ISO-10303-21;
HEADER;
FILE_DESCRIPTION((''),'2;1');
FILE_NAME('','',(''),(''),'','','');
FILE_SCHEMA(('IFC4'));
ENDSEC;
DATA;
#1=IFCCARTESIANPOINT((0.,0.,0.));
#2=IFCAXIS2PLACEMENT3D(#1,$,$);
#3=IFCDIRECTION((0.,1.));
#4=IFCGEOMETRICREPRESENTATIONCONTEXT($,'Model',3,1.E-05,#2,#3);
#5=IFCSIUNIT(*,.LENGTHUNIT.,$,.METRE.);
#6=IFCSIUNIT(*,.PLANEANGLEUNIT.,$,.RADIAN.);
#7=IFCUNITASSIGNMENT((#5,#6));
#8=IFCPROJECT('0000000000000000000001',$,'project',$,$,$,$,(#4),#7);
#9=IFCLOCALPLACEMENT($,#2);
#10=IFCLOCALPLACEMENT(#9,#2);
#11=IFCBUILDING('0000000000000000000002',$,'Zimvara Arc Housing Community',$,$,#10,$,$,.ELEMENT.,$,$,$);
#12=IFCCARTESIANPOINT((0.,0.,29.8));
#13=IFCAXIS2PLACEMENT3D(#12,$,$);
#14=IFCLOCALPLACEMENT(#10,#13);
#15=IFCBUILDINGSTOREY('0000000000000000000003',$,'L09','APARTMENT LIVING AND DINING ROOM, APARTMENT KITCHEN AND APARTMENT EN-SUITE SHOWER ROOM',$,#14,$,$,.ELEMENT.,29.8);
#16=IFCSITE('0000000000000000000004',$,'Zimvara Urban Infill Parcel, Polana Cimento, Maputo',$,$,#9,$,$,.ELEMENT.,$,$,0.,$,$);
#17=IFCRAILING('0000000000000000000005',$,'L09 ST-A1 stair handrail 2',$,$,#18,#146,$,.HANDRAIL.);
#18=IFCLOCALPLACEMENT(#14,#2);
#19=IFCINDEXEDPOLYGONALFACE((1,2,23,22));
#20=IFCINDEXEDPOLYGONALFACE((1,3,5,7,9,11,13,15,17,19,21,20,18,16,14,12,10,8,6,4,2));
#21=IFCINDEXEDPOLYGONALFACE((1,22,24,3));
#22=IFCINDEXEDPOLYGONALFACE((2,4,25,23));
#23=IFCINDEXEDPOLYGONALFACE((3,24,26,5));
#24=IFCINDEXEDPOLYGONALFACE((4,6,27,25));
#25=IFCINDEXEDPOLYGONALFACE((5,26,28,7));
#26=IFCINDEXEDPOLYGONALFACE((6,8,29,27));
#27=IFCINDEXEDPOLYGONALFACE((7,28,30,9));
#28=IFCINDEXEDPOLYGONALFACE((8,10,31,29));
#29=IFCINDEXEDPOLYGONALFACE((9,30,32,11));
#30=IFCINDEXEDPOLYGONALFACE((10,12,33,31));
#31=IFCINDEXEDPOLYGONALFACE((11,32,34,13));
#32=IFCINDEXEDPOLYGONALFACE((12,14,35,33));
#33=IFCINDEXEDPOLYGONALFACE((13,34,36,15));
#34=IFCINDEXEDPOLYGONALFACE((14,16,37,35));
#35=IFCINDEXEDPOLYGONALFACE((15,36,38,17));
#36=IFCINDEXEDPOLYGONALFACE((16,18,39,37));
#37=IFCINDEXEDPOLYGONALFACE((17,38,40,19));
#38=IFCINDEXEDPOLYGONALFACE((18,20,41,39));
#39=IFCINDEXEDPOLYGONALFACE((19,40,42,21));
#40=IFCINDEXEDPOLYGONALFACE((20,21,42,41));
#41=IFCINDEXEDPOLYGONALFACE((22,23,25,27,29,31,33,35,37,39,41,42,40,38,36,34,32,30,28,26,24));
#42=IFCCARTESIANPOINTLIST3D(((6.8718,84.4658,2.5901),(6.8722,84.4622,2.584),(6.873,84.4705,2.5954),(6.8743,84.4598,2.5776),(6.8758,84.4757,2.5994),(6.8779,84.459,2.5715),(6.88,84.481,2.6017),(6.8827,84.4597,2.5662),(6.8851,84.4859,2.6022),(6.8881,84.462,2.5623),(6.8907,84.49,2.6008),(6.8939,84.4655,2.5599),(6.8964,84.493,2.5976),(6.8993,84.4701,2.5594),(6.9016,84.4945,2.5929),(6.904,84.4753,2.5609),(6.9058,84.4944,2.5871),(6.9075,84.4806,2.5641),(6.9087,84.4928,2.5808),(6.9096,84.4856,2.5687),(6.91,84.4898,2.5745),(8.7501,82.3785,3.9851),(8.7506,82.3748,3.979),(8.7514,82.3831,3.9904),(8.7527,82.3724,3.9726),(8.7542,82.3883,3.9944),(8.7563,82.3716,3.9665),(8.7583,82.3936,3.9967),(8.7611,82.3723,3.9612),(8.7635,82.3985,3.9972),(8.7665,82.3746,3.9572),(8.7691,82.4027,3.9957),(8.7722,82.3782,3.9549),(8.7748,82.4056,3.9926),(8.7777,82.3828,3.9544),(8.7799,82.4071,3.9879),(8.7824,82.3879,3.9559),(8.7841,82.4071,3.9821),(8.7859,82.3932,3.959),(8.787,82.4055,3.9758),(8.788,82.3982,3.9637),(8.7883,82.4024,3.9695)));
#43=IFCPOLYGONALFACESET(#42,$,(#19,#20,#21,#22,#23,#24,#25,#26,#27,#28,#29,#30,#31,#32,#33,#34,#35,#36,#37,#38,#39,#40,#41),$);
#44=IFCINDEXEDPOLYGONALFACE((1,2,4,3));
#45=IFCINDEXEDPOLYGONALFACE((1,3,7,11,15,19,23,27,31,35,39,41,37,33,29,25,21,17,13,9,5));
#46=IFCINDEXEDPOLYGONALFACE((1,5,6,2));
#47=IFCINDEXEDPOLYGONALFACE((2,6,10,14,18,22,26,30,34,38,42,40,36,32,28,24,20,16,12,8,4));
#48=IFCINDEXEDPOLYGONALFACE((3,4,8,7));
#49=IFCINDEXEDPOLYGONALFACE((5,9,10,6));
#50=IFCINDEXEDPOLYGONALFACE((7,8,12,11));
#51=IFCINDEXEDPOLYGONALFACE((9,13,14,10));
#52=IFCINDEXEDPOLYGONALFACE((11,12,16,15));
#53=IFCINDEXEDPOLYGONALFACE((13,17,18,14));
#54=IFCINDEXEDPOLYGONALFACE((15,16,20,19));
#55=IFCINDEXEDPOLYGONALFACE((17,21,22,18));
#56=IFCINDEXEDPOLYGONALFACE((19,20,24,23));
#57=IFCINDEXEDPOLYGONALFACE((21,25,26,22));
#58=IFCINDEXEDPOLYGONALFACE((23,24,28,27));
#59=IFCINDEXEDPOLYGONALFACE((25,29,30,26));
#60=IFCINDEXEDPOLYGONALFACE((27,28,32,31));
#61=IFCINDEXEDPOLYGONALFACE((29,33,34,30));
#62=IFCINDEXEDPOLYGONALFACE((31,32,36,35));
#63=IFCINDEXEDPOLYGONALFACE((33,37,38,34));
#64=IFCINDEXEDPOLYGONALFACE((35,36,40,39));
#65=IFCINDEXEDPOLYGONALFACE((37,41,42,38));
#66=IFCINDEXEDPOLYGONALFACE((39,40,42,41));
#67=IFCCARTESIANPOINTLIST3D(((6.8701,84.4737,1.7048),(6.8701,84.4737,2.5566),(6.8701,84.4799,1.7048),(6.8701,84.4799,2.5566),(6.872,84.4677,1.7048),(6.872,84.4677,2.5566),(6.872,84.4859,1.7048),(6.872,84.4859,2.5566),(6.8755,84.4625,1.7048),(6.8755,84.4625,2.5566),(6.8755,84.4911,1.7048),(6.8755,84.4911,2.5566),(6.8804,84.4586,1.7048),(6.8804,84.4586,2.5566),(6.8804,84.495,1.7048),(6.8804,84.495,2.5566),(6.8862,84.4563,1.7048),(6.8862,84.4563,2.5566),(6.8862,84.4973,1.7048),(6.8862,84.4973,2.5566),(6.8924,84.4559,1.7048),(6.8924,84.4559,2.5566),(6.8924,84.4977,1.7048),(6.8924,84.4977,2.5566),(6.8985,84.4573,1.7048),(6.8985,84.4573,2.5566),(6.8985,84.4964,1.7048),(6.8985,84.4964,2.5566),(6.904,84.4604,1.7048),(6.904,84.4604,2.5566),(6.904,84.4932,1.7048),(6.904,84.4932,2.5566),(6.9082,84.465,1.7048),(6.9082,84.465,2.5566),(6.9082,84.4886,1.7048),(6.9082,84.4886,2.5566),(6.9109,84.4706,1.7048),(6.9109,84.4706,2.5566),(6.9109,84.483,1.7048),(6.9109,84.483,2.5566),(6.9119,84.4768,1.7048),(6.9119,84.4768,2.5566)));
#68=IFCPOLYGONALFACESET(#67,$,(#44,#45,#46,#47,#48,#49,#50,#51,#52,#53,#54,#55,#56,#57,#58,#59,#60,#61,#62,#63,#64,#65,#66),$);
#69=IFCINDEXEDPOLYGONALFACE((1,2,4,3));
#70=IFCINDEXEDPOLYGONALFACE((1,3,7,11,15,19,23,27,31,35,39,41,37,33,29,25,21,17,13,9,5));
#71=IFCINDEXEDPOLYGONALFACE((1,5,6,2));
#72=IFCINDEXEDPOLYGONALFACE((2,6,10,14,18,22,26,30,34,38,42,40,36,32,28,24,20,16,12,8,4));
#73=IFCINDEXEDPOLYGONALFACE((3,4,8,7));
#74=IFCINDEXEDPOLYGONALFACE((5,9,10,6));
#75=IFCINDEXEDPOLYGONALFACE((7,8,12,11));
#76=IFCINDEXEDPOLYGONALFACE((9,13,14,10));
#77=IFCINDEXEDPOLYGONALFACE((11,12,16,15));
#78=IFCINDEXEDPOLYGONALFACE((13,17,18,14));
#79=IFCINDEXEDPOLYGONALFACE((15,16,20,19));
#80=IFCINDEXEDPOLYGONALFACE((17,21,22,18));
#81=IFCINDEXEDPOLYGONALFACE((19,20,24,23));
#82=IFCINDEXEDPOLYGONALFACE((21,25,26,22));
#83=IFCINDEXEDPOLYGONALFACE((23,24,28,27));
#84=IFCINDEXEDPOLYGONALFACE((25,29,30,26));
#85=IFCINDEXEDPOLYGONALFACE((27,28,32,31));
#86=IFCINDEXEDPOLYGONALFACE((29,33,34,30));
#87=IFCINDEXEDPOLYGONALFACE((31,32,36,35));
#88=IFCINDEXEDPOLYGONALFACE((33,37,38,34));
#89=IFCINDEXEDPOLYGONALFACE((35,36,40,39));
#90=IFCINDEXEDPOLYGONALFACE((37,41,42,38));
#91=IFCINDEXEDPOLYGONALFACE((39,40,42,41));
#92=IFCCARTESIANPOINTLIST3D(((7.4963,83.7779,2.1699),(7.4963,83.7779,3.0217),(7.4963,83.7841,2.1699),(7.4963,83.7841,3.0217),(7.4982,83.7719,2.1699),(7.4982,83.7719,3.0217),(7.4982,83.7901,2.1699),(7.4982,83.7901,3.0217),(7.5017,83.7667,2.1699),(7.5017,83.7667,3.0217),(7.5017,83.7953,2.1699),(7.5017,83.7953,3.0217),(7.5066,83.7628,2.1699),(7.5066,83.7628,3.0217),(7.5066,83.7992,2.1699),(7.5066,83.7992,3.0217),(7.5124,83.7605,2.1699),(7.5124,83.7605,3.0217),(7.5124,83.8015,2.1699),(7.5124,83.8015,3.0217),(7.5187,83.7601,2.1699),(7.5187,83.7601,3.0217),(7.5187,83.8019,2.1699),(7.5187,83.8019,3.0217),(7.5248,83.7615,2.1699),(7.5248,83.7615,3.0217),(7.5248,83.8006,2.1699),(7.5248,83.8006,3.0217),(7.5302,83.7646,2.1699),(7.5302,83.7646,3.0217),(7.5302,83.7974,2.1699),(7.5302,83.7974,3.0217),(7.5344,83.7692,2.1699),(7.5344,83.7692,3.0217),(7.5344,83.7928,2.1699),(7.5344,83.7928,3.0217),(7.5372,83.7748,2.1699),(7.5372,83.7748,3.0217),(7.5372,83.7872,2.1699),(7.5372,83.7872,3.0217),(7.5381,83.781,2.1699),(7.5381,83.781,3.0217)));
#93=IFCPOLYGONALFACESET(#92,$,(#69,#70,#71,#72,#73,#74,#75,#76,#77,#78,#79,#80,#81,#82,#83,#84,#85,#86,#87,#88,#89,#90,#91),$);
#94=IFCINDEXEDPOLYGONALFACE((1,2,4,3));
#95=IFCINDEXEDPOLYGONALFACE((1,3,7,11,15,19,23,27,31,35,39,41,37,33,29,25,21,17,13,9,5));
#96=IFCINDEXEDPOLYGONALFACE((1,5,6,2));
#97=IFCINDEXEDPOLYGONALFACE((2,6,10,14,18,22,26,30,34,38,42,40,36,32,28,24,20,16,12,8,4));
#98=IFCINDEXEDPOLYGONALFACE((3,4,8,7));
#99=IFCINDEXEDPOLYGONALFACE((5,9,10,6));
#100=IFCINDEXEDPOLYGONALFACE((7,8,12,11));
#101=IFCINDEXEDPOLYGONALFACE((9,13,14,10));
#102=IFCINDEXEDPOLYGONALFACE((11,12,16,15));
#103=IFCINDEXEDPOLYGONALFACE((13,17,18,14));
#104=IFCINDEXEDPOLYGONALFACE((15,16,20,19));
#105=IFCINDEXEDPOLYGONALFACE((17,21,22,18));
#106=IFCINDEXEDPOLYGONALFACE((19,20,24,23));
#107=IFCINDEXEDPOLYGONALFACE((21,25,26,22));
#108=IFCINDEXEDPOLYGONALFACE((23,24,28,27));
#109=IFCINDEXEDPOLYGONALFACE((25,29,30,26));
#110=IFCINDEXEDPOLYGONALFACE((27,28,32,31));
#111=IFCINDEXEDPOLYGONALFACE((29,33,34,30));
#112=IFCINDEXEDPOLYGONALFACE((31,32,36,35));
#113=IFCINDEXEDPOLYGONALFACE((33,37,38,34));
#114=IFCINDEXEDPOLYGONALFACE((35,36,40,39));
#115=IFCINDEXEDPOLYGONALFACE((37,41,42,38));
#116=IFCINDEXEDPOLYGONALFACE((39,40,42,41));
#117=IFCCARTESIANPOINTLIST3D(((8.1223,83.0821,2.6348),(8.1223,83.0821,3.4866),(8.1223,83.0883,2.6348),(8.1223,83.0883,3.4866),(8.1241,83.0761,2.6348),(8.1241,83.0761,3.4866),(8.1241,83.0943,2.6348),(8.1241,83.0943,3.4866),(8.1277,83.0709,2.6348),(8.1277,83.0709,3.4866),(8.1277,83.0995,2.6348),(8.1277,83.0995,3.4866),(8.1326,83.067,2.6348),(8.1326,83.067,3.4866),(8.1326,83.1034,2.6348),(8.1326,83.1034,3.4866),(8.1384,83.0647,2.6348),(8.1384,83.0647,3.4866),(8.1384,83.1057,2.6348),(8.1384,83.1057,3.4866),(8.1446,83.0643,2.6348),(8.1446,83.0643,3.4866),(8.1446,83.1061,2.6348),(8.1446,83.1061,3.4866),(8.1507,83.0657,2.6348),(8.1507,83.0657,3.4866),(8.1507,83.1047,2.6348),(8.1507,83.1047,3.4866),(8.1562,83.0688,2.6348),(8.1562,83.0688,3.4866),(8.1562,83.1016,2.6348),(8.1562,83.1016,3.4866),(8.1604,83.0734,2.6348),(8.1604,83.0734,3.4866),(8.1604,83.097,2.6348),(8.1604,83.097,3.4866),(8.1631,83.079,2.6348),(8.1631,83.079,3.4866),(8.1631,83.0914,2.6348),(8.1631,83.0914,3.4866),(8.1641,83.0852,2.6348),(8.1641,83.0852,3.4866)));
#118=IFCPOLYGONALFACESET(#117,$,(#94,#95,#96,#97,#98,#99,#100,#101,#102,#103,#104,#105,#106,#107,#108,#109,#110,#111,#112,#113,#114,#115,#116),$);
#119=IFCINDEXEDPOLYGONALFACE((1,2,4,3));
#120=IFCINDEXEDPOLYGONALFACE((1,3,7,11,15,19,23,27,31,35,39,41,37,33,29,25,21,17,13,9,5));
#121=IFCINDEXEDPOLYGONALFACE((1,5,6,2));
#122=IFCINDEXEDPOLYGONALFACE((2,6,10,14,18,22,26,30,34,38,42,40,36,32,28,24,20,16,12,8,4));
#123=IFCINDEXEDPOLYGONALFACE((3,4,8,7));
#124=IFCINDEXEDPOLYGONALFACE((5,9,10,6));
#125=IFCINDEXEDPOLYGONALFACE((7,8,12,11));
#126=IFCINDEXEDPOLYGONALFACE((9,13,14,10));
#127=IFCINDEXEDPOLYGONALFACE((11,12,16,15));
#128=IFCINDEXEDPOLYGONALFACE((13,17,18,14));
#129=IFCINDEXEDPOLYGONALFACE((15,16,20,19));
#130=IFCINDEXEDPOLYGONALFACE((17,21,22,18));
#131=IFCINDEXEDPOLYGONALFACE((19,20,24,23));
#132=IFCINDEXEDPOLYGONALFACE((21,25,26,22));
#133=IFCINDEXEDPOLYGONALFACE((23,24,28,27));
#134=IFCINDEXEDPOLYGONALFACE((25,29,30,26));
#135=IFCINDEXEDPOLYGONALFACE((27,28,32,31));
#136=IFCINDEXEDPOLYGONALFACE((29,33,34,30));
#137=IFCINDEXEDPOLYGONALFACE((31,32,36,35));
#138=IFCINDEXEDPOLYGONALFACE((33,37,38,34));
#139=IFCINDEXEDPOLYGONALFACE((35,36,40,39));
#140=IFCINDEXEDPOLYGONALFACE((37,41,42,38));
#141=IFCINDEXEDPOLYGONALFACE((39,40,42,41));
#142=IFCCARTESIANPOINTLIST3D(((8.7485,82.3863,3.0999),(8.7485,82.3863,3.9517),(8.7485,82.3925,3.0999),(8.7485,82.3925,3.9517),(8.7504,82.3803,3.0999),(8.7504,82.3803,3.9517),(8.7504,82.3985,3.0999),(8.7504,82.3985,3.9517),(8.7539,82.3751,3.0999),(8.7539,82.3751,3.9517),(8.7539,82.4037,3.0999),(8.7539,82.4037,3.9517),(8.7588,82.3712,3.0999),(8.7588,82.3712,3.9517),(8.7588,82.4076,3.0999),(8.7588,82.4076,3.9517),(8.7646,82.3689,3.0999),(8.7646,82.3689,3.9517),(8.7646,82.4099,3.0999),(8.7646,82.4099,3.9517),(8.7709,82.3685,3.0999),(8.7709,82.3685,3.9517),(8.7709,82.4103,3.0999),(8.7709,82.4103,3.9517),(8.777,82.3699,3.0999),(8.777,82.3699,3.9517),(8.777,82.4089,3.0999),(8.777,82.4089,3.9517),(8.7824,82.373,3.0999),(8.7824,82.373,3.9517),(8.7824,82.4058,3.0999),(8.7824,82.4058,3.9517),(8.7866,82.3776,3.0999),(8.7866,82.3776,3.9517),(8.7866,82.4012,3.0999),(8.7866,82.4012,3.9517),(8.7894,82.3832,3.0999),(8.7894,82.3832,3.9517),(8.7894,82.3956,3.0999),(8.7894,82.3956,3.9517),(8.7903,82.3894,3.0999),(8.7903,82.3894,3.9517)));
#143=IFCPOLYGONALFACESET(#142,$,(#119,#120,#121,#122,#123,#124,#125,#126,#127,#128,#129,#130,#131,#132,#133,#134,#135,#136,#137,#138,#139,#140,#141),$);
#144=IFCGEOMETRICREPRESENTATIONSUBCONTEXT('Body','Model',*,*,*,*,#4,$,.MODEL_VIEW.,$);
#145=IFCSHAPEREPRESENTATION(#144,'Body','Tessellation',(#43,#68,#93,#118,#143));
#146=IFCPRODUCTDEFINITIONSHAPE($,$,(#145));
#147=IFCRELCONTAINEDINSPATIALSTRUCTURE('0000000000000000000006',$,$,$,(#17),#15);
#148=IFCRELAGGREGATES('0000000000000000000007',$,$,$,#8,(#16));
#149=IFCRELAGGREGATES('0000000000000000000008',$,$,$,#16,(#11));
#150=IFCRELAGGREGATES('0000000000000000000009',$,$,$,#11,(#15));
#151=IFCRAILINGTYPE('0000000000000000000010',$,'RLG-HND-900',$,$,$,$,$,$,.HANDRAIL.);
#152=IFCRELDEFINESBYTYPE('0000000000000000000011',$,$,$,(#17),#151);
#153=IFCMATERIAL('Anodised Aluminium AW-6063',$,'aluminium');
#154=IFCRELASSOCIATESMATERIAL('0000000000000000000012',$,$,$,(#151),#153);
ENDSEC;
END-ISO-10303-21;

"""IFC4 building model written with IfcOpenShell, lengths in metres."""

from ifc_helpers import new_model, si_unit, direction, frame, origin, origin_2d, place, context, subcontext, project, spatial, circle, extrude, material, type_object, element, save


model = new_model("IFC4")

# Units and contexts
model_context = context("Model", 3, precision=1e-05, world=origin(), true_north=direction((0.0, 1.0)))
body_context = subcontext(model_context, "Body", "Model", "MODEL_VIEW")
ifc_project = project(units=[si_unit("LENGTHUNIT", "METRE"), si_unit("PLANEANGLEUNIT", "RADIAN")], contexts=[model_context])

# Site, building, storey
site_placement = place(None, origin())
site = spatial("IfcSite", under=ifc_project, at=site_placement, Name="Zimvara Urban Infill Parcel, Polana Cimento, Maputo", CompositionType="ELEMENT", RefElevation=0.0)
building_placement = place(site_placement, origin())
building = spatial("IfcBuilding", under=site, at=building_placement, Name="Zimvara Arc Housing Community", CompositionType="ELEMENT")
storey_placement = place(building_placement, frame((0.0, 0.0, 29.8)))
storey = spatial("IfcBuildingStorey", under=building, at=storey_placement, Name="L09", Description="APARTMENT LIVING AND DINING ROOM, APARTMENT KITCHEN AND APARTMENT EN-SUITE SHOWER ROOM", CompositionType="ELEMENT", Elevation=29.8)

# Railing
ifc_material_1 = material(Name="Anodised Aluminium AW-6063", Category="aluminium")
railing_type = type_object("IfcRailingType", Name="RLG-HND-900", PredefinedType="HANDRAIL", material=ifc_material_1)
railing_placement = place(storey_placement, frame((6.8909, 84.4768, 1.7048)))
element("IfcRailing", 1, at=railing_placement, inside=storey, type_object=railing_type, Name="L09 ST-A1 stair handrail 2", PredefinedType="HANDRAIL", context=body_context, shape_type="SweptSolid", body=[
    extrude(circle(Radius=0.0239, at=origin_2d()), frame((0.0, 0.0, 0.876), z_axis=(0.599068, -0.665718, 0.444902), x_axis=(0.743337, 0.668917, 0.0)), (0.0, 0.0, 1.0), 3.1355),
    extrude(circle(Radius=0.021, at=origin_2d()), origin(), (0.0, 0.0, 1.0), 0.8518),
    extrude(circle(Radius=0.021, at=origin_2d()), frame((0.6262, -0.6958, 0.4651)), (0.0, 0.0, 1.0), 0.8518),
    extrude(circle(Radius=0.021, at=origin_2d()), frame((1.2522, -1.3916, 0.9299)), (0.0, 0.0, 1.0), 0.8518),
    extrude(circle(Radius=0.021, at=origin_2d()), frame((1.8784, -2.0874, 1.395)), (0.0, 0.0, 1.0), 0.8518),
])

save(model, "model.ifc")
